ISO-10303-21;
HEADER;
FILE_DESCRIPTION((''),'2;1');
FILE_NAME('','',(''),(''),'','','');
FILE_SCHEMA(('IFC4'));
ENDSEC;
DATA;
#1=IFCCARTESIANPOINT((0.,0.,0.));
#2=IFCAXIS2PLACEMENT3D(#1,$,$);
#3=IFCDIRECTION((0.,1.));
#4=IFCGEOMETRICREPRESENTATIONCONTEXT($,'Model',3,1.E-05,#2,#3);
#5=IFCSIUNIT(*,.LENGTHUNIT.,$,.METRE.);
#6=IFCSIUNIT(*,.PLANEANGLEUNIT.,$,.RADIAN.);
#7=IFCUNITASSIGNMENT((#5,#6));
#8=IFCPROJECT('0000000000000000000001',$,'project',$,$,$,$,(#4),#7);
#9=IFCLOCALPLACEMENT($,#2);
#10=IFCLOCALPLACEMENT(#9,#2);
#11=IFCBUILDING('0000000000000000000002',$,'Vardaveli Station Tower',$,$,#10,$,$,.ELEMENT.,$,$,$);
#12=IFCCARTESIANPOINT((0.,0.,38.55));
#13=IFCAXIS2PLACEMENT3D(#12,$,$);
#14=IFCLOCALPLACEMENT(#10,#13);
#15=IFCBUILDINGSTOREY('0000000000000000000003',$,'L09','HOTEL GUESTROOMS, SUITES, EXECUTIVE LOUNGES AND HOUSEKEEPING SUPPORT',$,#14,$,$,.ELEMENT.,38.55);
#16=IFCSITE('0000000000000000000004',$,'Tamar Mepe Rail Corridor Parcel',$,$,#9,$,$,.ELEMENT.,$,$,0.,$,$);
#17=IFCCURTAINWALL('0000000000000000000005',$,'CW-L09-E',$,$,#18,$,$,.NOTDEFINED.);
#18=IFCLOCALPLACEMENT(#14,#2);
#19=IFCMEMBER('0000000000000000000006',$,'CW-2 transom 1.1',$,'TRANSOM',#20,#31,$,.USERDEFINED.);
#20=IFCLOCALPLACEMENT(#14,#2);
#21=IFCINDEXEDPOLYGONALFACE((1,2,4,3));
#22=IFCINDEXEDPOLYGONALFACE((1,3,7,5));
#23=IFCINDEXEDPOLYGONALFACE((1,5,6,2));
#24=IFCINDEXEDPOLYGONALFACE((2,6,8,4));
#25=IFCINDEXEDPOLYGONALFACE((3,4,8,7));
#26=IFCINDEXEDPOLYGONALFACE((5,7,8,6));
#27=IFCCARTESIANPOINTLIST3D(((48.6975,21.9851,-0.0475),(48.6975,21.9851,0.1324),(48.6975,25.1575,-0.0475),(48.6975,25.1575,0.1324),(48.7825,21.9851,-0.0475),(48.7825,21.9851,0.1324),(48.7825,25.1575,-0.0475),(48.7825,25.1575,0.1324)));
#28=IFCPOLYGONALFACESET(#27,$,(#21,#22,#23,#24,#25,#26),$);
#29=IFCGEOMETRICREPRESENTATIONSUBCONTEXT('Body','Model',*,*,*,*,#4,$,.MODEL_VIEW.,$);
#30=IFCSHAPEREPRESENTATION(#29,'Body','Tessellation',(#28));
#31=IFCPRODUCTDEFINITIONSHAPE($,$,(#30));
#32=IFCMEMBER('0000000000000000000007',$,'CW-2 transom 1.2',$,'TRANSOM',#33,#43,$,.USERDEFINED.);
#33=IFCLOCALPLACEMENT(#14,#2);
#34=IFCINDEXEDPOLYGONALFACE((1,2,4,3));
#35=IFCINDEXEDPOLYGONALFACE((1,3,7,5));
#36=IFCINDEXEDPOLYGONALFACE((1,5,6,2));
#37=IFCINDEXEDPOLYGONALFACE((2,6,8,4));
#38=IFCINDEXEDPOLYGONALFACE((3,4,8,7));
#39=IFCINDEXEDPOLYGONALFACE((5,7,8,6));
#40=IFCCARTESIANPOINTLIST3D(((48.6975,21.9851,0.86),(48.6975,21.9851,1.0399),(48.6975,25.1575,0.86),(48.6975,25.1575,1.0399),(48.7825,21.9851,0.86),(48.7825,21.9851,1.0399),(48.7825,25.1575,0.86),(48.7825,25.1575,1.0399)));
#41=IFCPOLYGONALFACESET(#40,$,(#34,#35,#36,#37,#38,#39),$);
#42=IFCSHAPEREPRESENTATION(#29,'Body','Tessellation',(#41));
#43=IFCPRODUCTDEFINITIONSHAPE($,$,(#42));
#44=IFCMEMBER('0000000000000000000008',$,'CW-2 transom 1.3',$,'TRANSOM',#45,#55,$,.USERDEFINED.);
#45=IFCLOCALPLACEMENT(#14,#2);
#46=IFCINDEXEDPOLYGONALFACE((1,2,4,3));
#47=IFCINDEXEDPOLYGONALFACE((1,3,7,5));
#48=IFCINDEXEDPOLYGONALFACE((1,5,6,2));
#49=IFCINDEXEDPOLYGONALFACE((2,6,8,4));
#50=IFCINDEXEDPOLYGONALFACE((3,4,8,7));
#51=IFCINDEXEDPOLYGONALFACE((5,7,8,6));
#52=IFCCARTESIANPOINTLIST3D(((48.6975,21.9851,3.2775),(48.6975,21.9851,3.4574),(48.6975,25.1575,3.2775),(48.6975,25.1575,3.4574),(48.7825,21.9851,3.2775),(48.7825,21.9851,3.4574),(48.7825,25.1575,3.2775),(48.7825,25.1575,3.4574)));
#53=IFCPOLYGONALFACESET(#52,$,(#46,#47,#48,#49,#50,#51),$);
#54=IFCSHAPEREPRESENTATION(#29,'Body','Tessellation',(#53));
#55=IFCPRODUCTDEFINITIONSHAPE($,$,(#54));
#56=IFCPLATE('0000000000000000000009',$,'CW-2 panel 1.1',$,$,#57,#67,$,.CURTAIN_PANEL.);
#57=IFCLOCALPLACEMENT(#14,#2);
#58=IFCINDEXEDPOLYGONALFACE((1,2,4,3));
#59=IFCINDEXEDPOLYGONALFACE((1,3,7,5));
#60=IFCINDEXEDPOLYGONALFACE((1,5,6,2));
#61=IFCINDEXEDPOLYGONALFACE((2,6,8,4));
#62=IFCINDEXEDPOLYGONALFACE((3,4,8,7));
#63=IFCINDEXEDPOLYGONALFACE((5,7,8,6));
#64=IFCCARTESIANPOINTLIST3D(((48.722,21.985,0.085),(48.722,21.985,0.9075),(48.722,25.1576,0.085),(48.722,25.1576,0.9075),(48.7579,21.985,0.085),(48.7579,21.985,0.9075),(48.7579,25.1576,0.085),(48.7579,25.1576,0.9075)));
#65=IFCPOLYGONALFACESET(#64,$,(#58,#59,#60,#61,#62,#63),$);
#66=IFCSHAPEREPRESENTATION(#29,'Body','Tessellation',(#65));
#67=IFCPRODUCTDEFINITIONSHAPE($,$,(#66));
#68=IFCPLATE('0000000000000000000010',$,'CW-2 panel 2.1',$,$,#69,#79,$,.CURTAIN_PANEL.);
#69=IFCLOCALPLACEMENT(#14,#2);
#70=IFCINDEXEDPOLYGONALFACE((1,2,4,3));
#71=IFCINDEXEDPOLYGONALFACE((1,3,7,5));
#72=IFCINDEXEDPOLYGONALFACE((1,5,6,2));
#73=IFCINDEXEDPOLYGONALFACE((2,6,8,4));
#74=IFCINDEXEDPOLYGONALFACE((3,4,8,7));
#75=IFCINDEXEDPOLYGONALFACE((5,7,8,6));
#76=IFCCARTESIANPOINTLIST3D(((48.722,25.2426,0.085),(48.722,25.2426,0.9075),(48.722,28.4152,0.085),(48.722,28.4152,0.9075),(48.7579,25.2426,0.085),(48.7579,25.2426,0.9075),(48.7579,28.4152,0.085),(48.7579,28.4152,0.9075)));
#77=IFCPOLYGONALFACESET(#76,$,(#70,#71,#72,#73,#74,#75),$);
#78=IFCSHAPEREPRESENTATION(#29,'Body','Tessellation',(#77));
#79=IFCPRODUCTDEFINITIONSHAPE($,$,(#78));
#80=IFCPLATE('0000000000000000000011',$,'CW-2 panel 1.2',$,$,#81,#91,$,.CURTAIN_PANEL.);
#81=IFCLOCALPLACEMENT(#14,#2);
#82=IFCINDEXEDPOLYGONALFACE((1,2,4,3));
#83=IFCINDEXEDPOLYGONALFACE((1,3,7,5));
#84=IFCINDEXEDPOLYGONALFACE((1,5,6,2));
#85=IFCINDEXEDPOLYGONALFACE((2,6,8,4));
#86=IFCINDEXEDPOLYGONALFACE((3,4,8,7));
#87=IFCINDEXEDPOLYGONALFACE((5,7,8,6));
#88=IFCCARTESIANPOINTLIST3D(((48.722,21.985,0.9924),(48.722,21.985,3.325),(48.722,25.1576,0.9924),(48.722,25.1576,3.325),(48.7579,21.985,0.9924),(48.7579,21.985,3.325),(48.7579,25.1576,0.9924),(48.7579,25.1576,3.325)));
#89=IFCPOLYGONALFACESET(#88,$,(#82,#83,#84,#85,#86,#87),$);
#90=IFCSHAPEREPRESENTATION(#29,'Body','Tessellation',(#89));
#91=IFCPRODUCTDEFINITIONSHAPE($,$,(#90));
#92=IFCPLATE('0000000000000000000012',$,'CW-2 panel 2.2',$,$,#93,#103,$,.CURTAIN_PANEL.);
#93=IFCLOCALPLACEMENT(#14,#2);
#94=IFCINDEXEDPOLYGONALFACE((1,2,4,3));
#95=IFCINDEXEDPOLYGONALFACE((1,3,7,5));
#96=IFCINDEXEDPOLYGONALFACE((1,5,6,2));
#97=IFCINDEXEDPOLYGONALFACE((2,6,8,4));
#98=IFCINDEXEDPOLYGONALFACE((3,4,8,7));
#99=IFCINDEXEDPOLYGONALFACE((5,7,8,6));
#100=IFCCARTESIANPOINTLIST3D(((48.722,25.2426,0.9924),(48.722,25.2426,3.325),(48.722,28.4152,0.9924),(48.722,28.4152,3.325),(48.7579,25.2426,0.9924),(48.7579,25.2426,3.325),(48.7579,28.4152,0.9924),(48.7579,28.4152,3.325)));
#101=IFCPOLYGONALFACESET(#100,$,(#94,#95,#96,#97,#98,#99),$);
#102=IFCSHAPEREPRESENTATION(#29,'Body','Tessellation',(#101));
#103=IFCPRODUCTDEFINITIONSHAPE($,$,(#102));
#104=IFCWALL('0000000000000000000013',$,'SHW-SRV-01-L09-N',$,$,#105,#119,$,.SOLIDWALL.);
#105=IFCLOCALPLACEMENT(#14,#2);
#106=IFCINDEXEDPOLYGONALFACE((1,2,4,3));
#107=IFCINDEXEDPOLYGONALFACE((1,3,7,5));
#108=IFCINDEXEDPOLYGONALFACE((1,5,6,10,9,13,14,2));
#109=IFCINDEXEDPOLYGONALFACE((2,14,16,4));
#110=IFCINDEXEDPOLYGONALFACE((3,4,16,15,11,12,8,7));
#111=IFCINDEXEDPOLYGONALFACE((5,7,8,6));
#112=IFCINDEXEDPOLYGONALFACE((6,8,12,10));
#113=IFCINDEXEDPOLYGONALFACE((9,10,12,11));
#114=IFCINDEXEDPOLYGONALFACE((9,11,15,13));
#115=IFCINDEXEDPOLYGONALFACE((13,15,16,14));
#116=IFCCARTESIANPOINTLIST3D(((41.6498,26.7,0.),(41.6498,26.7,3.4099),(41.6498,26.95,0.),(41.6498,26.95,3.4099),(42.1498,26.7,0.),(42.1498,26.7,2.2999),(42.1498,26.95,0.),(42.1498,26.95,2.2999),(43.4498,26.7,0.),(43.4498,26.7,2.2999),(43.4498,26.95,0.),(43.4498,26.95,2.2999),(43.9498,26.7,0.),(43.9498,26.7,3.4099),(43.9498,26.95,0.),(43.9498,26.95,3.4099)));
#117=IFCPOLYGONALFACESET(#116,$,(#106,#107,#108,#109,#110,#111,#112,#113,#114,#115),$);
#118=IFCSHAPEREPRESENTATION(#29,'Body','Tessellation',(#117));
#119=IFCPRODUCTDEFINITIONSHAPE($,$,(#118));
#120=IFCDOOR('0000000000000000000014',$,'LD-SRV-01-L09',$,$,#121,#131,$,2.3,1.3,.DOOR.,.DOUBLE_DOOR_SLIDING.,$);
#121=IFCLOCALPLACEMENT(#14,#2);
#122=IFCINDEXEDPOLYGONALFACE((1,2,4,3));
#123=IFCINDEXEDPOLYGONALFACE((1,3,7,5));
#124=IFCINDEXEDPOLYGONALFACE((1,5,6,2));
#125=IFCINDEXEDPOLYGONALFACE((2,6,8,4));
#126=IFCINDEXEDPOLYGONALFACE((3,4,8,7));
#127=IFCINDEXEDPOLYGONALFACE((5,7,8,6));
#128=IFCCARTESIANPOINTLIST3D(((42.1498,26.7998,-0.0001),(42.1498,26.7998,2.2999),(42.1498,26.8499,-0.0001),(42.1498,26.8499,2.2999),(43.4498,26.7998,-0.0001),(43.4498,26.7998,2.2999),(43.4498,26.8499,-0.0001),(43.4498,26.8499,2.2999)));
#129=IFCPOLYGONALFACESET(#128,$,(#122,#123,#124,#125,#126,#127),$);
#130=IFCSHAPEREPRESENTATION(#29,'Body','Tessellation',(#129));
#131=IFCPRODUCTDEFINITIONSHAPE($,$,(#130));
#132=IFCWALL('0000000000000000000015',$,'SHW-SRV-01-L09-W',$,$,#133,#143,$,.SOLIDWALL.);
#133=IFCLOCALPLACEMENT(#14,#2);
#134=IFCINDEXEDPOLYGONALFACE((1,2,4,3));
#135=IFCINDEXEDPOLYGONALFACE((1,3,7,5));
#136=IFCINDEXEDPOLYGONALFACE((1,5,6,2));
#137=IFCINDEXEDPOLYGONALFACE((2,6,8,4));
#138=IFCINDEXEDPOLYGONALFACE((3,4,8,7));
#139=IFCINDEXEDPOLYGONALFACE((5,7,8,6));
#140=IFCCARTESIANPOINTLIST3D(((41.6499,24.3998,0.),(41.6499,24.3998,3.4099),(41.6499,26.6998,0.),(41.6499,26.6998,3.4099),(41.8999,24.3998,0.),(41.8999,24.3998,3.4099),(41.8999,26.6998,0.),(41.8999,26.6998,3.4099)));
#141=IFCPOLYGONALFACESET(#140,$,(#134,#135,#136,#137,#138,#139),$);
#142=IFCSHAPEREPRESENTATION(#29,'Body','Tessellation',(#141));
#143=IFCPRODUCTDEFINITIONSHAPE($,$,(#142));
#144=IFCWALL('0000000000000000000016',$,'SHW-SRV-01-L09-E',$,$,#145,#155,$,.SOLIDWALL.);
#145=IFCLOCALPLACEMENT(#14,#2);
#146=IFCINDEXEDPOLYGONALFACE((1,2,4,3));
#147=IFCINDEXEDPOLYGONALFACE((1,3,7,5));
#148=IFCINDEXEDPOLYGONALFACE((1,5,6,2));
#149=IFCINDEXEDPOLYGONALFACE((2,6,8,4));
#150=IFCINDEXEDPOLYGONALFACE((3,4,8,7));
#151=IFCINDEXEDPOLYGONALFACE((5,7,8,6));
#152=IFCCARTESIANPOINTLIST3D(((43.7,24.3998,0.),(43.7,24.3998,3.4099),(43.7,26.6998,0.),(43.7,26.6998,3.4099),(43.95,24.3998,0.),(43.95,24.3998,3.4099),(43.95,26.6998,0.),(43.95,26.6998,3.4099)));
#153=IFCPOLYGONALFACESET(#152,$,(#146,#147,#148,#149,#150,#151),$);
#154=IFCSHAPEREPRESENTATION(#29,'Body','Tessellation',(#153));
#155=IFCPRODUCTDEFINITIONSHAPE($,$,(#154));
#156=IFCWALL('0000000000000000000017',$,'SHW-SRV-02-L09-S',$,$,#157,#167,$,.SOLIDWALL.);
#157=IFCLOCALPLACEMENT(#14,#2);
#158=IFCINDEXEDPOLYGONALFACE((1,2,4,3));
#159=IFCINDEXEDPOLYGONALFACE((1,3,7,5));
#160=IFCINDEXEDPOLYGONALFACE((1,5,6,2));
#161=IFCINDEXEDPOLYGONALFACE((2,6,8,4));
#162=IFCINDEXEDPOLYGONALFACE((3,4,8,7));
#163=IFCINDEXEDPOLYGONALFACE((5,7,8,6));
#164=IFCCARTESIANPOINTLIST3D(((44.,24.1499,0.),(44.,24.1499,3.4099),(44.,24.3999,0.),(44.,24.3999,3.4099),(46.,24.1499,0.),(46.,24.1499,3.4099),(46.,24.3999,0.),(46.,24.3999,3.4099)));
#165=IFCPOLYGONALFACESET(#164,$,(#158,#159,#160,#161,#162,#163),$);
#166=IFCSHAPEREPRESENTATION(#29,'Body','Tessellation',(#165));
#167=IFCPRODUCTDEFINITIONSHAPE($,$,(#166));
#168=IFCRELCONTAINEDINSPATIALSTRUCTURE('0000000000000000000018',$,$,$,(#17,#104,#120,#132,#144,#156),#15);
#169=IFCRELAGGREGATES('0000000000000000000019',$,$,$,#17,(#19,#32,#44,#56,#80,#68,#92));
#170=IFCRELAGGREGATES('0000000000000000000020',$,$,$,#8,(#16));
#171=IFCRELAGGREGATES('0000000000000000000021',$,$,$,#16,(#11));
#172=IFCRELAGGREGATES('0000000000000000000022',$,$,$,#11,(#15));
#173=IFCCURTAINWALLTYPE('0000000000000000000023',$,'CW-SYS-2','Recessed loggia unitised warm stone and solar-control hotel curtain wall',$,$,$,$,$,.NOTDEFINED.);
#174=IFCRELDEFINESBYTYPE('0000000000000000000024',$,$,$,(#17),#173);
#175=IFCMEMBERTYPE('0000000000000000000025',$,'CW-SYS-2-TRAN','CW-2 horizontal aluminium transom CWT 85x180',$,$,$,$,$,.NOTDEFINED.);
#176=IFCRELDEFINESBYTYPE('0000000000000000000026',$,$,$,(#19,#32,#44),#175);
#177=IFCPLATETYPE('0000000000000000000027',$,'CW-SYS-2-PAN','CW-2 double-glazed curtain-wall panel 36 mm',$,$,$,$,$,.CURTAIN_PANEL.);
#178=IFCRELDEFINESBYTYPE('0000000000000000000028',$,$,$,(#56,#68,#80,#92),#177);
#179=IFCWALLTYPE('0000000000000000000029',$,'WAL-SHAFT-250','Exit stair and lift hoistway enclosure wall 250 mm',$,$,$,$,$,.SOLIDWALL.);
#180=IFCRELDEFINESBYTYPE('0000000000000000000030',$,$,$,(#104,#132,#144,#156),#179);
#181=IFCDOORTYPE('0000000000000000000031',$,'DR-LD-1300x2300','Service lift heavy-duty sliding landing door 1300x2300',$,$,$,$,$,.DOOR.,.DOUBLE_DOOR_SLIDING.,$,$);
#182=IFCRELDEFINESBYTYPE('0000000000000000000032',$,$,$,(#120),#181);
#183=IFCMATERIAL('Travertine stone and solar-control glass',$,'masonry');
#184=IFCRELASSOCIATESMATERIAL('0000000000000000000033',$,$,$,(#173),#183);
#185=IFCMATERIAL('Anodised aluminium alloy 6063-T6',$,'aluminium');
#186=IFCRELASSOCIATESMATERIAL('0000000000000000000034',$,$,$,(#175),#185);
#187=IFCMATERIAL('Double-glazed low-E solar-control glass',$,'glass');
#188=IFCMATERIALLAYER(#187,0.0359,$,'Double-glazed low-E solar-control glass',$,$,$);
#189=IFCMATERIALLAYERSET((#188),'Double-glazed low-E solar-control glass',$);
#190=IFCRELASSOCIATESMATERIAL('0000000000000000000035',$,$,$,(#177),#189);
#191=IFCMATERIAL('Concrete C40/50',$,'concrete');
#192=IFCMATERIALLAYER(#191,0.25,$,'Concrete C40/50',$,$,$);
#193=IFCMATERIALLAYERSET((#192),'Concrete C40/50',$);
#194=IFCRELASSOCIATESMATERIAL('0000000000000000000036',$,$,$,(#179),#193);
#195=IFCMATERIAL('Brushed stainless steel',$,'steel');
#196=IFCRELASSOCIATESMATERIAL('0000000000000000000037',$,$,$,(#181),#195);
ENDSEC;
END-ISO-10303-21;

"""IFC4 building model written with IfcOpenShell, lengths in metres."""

from ifc_helpers import new_model, si_unit, direction, frame, frame_2d, origin, origin_2d, place, context, subcontext, project, spatial, rectangle, extrude, source, transform, mapped, material, layer, layer_set, material_profile, profile_set, type_object, element, fill, aggregate, save


model = new_model("IFC4")

# Units and contexts
model_context = context("Model", 3, precision=1e-05, world=origin(), true_north=direction((0.0, 1.0)))
body_context = subcontext(model_context, "Body", "Model", "MODEL_VIEW")
ifc_project = project(units=[si_unit("LENGTHUNIT", "METRE"), si_unit("PLANEANGLEUNIT", "RADIAN")], contexts=[model_context])

# Site, building, storey
site_placement = place(None, origin())
site = spatial("IfcSite", under=ifc_project, at=site_placement, Name="Tamar Mepe Rail Corridor Parcel", CompositionType="ELEMENT", RefElevation=0.0)
building_placement = place(site_placement, origin())
building = spatial("IfcBuilding", under=site, at=building_placement, Name="Vardaveli Station Tower", CompositionType="ELEMENT")
storey_placement = place(building_placement, frame((0.0, 0.0, 38.55)))
storey = spatial("IfcBuildingStorey", under=building, at=storey_placement, Name="L09", Description="HOTEL GUESTROOMS, SUITES, EXECUTIVE LOUNGES AND HOUSEKEEPING SUPPORT", CompositionType="ELEMENT", Elevation=38.55)

# Curtain wall, members, plates
ifc_material_1 = material(Name="Travertine stone and solar-control glass", Category="masonry")
curtain_wall_type = type_object("IfcCurtainWallType", Name="CW-SYS-2", Description="Recessed loggia unitised warm stone and solar-control hotel curtain wall", PredefinedType="NOTDEFINED", material=ifc_material_1)
curtain_wall_placement = place(storey_placement, origin())
curtain_wall = element("IfcCurtainWall", 1, at=curtain_wall_placement, inside=storey, type_object=curtain_wall_type, Name="CW-L09-E", PredefinedType="NOTDEFINED")
ifc_material_2 = material(Name="Anodised aluminium alloy 6063-T6", Category="aluminium")
ifc_material_profile_1 = material_profile(ifc_material_2, rectangle(XDim=0.085, YDim=0.1799, at=origin_2d()), Name="CWT 85x180")
ifc_profile_set_1 = profile_set([ifc_material_profile_1], Name="Anodised aluminium alloy 6063-T6")
member_type_1 = type_object("IfcMemberType", Name="CW-SYS-2-TRAN", Description="CW-2 horizontal aluminium transom CWT 85x180", PredefinedType="NOTDEFINED", material=ifc_profile_set_1)
shared_shape_1 = source(origin(), body_context, "Body", "SweptSolid", [
    extrude(rectangle(XDim=0.085, YDim=0.1799, at=origin_2d()), origin(), (0.0, 0.0, 1.0), 3.1724),
])
member_1_placement = place(storey_placement, frame((48.74, 21.9851, 0.0425), z_axis=(0.0, 1.0, 0.0), x_axis=(-1.0, 0.0, 0.0)))
member_1 = element("IfcMember", 2, at=member_1_placement, type_object=member_type_1, Name="CW-2 transom 1.1", ObjectType="TRANSOM", PredefinedType="USERDEFINED", context=body_context, shape_type="MappedRepresentation", body=[
    mapped(shared_shape_1, transform((0.0, 0.0, 0.0), scale=1.0)),
])
member_2_placement = place(storey_placement, frame((48.74, 21.9851, 0.95), z_axis=(0.0, 1.0, 0.0), x_axis=(-1.0, 0.0, 0.0)))
member_2 = element("IfcMember", 3, at=member_2_placement, type_object=member_type_1, Name="CW-2 transom 1.2", ObjectType="TRANSOM", PredefinedType="USERDEFINED", context=body_context, shape_type="MappedRepresentation", body=[
    mapped(shared_shape_1, transform((0.0, 0.0, 0.0), scale=1.0)),
])
member_3_placement = place(storey_placement, frame((48.74, 21.9851, 3.3674), z_axis=(0.0, 1.0, 0.0), x_axis=(-1.0, 0.0, 0.0)))
member_3 = element("IfcMember", 4, at=member_3_placement, type_object=member_type_1, Name="CW-2 transom 1.3", ObjectType="TRANSOM", PredefinedType="USERDEFINED", context=body_context, shape_type="MappedRepresentation", body=[
    mapped(shared_shape_1, transform((0.0, 0.0, 0.0), scale=1.0)),
])
ifc_material_3 = material(Name="Double-glazed low-E solar-control glass", Category="glass")
ifc_layer_1 = layer(ifc_material_3, 0.0359, Name="Double-glazed low-E solar-control glass")
ifc_layer_set_1 = layer_set([ifc_layer_1], Name="Double-glazed low-E solar-control glass")
plate_type = type_object("IfcPlateType", Name="CW-SYS-2-PAN", Description="CW-2 double-glazed curtain-wall panel 36 mm", PredefinedType="CURTAIN_PANEL", material=ifc_layer_set_1)
shared_shape_2 = source(origin(), body_context, "Body", "SweptSolid", [
    extrude(rectangle(XDim=3.1726, YDim=0.0359, at=origin_2d()), origin(), (0.0, 0.0, 1.0), 0.8225),
])
plate_1_placement = place(storey_placement, frame((48.74, 23.5713, 0.085), z_axis=(0.0, 0.0, 1.0), x_axis=(0.0, 1.0, 0.0)))
plate_1 = element("IfcPlate", 5, at=plate_1_placement, type_object=plate_type, Name="CW-2 panel 1.1", PredefinedType="CURTAIN_PANEL", context=body_context, shape_type="MappedRepresentation", body=[
    mapped(shared_shape_2, transform((0.0, 0.0, 0.0), scale=1.0)),
])
plate_2_placement = place(storey_placement, frame((48.74, 26.8289, 0.085), z_axis=(0.0, 0.0, 1.0), x_axis=(0.0, 1.0, 0.0)))
plate_2 = element("IfcPlate", 6, at=plate_2_placement, type_object=plate_type, Name="CW-2 panel 2.1", PredefinedType="CURTAIN_PANEL", context=body_context, shape_type="MappedRepresentation", body=[
    mapped(shared_shape_2, transform((0.0, 0.0, 0.0), scale=1.0)),
])
shared_shape_3 = source(origin(), body_context, "Body", "SweptSolid", [
    extrude(rectangle(XDim=3.1726, YDim=0.0359, at=origin_2d()), origin(), (0.0, 0.0, 1.0), 2.3325),
])
plate_3_placement = place(storey_placement, frame((48.74, 23.5713, 0.9924), z_axis=(0.0, 0.0, 1.0), x_axis=(0.0, 1.0, 0.0)))
plate_3 = element("IfcPlate", 7, at=plate_3_placement, type_object=plate_type, Name="CW-2 panel 1.2", PredefinedType="CURTAIN_PANEL", context=body_context, shape_type="MappedRepresentation", body=[
    mapped(shared_shape_3, transform((0.0, 0.0, 0.0), scale=1.0)),
])
plate_4_placement = place(storey_placement, frame((48.74, 26.8289, 0.9924), z_axis=(0.0, 0.0, 1.0), x_axis=(0.0, 1.0, 0.0)))
plate_4 = element("IfcPlate", 8, at=plate_4_placement, type_object=plate_type, Name="CW-2 panel 2.2", PredefinedType="CURTAIN_PANEL", context=body_context, shape_type="MappedRepresentation", body=[
    mapped(shared_shape_3, transform((0.0, 0.0, 0.0), scale=1.0)),
])
aggregate(curtain_wall, [member_1, member_2, member_3, plate_1, plate_3, plate_2, plate_4])

# Wall, opening, door
ifc_material_4 = material(Name="Concrete C40/50", Category="concrete")
ifc_layer_2 = layer(ifc_material_4, 0.25, Name="Concrete C40/50")
ifc_layer_set_2 = layer_set([ifc_layer_2], Name="Concrete C40/50")
wall_type = type_object("IfcWallType", Name="WAL-SHAFT-250", Description="Exit stair and lift hoistway enclosure wall 250 mm", PredefinedType="SOLIDWALL", material=ifc_layer_set_2)
shared_shape_4 = source(origin(), body_context, "Body", "SweptSolid", [
    extrude(rectangle(XDim=2.3, YDim=0.25, at=frame_2d((1.1499, 0.0))), origin(), (0.0, 0.0, 1.0), 3.4099),
])
wall_1_placement = place(storey_placement, frame((41.6499, 26.825, 0.0), z_axis=(0.0, 0.0, 1.0), x_axis=(1.0, 0.0, 0.0)))
wall_1 = element("IfcWall", 9, at=wall_1_placement, inside=storey, type_object=wall_type, Name="SHW-SRV-01-L09-N", PredefinedType="SOLIDWALL", context=body_context, shape_type="MappedRepresentation", body=[
    mapped(shared_shape_4, transform((0.0, 0.0, 0.0), scale=1.0)),
])
shared_shape_5 = source(origin(), body_context, "Body", "SweptSolid", [
    extrude(rectangle(XDim=1.3, YDim=2.3, at=frame_2d((0.6499, 1.1499))), frame((0.0, 0.135, 0.0), z_axis=(0.0, -1.0, 0.0), x_axis=(1.0, 0.0, 0.0)), (0.0, 0.0, 1.0), 0.27),
])
opening_1_placement = place(wall_1_placement, frame((0.5, 0.0, 0.0)))
opening_1 = element("IfcOpeningElement", 10, at=opening_1_placement, cuts=wall_1, PredefinedType="OPENING", context=body_context, shape_type="MappedRepresentation", body=[
    mapped(shared_shape_5, transform((0.0, 0.0, 0.0), scale=1.0)),
])
ifc_material_5 = material(Name="Brushed stainless steel", Category="steel")
door_type = type_object("IfcDoorType", Name="DR-LD-1300x2300", Description="Service lift heavy-duty sliding landing door 1300x2300", OperationType="DOUBLE_DOOR_SLIDING", PredefinedType="DOOR", material=ifc_material_5)
shared_shape_6 = source(origin(), body_context, "Body", "SweptSolid", [
    extrude(rectangle(XDim=1.3, YDim=2.3, at=frame_2d((0.6499, 1.1499))), frame((0.0, 0.0249, 0.0), z_axis=(0.0, -1.0, 0.0), x_axis=(1.0, 0.0, 0.0)), (0.0, 0.0, 1.0), 0.05),
])
door_1_placement = place(opening_1_placement, origin())
door_1 = element("IfcDoor", 11, at=door_1_placement, inside=storey, type_object=door_type, Name="LD-SRV-01-L09", OperationType="DOUBLE_DOOR_SLIDING", OverallHeight=2.3, OverallWidth=1.3, PredefinedType="DOOR", context=body_context, shape_type="MappedRepresentation", body=[
    mapped(shared_shape_6, transform((0.0, 0.0, 0.0), scale=1.0)),
])
fill(opening_1, door_1)

# Walls
for number, where, z_axis, x_axis, name in (
    (12, (41.7749, 24.3999, 0.0), (0.0, 0.0, 1.0), (0.0, 1.0, 0.0), "SHW-SRV-01-L09-W"),
    (13, (43.825, 24.3999, 0.0), (0.0, 0.0, 1.0), (0.0, 1.0, 0.0), "SHW-SRV-01-L09-E"),
):
    element("IfcWall", number, at=place(storey_placement, frame(where, z_axis=z_axis, x_axis=x_axis)), inside=storey, type_object=wall_type, Name=name, PredefinedType="SOLIDWALL", context=body_context, shape_type="MappedRepresentation", body=[
        mapped(shared_shape_4, transform((0.0, 0.0, 0.0), scale=1.0)),
    ])
shared_shape_7 = source(origin(), body_context, "Body", "SweptSolid", [
    extrude(rectangle(XDim=2.0, YDim=0.25, at=frame_2d((1.0, 0.0))), origin(), (0.0, 0.0, 1.0), 3.4099),
])
wall_2_placement = place(storey_placement, frame((44.0, 24.2749, 0.0), z_axis=(0.0, 0.0, 1.0), x_axis=(1.0, 0.0, 0.0)))
element("IfcWall", 14, at=wall_2_placement, inside=storey, type_object=wall_type, Name="SHW-SRV-02-L09-S", PredefinedType="SOLIDWALL", context=body_context, shape_type="MappedRepresentation", body=[
    mapped(shared_shape_7, transform((0.0, 0.0, 0.0), scale=1.0)),
])

save(model, "model.ifc")
